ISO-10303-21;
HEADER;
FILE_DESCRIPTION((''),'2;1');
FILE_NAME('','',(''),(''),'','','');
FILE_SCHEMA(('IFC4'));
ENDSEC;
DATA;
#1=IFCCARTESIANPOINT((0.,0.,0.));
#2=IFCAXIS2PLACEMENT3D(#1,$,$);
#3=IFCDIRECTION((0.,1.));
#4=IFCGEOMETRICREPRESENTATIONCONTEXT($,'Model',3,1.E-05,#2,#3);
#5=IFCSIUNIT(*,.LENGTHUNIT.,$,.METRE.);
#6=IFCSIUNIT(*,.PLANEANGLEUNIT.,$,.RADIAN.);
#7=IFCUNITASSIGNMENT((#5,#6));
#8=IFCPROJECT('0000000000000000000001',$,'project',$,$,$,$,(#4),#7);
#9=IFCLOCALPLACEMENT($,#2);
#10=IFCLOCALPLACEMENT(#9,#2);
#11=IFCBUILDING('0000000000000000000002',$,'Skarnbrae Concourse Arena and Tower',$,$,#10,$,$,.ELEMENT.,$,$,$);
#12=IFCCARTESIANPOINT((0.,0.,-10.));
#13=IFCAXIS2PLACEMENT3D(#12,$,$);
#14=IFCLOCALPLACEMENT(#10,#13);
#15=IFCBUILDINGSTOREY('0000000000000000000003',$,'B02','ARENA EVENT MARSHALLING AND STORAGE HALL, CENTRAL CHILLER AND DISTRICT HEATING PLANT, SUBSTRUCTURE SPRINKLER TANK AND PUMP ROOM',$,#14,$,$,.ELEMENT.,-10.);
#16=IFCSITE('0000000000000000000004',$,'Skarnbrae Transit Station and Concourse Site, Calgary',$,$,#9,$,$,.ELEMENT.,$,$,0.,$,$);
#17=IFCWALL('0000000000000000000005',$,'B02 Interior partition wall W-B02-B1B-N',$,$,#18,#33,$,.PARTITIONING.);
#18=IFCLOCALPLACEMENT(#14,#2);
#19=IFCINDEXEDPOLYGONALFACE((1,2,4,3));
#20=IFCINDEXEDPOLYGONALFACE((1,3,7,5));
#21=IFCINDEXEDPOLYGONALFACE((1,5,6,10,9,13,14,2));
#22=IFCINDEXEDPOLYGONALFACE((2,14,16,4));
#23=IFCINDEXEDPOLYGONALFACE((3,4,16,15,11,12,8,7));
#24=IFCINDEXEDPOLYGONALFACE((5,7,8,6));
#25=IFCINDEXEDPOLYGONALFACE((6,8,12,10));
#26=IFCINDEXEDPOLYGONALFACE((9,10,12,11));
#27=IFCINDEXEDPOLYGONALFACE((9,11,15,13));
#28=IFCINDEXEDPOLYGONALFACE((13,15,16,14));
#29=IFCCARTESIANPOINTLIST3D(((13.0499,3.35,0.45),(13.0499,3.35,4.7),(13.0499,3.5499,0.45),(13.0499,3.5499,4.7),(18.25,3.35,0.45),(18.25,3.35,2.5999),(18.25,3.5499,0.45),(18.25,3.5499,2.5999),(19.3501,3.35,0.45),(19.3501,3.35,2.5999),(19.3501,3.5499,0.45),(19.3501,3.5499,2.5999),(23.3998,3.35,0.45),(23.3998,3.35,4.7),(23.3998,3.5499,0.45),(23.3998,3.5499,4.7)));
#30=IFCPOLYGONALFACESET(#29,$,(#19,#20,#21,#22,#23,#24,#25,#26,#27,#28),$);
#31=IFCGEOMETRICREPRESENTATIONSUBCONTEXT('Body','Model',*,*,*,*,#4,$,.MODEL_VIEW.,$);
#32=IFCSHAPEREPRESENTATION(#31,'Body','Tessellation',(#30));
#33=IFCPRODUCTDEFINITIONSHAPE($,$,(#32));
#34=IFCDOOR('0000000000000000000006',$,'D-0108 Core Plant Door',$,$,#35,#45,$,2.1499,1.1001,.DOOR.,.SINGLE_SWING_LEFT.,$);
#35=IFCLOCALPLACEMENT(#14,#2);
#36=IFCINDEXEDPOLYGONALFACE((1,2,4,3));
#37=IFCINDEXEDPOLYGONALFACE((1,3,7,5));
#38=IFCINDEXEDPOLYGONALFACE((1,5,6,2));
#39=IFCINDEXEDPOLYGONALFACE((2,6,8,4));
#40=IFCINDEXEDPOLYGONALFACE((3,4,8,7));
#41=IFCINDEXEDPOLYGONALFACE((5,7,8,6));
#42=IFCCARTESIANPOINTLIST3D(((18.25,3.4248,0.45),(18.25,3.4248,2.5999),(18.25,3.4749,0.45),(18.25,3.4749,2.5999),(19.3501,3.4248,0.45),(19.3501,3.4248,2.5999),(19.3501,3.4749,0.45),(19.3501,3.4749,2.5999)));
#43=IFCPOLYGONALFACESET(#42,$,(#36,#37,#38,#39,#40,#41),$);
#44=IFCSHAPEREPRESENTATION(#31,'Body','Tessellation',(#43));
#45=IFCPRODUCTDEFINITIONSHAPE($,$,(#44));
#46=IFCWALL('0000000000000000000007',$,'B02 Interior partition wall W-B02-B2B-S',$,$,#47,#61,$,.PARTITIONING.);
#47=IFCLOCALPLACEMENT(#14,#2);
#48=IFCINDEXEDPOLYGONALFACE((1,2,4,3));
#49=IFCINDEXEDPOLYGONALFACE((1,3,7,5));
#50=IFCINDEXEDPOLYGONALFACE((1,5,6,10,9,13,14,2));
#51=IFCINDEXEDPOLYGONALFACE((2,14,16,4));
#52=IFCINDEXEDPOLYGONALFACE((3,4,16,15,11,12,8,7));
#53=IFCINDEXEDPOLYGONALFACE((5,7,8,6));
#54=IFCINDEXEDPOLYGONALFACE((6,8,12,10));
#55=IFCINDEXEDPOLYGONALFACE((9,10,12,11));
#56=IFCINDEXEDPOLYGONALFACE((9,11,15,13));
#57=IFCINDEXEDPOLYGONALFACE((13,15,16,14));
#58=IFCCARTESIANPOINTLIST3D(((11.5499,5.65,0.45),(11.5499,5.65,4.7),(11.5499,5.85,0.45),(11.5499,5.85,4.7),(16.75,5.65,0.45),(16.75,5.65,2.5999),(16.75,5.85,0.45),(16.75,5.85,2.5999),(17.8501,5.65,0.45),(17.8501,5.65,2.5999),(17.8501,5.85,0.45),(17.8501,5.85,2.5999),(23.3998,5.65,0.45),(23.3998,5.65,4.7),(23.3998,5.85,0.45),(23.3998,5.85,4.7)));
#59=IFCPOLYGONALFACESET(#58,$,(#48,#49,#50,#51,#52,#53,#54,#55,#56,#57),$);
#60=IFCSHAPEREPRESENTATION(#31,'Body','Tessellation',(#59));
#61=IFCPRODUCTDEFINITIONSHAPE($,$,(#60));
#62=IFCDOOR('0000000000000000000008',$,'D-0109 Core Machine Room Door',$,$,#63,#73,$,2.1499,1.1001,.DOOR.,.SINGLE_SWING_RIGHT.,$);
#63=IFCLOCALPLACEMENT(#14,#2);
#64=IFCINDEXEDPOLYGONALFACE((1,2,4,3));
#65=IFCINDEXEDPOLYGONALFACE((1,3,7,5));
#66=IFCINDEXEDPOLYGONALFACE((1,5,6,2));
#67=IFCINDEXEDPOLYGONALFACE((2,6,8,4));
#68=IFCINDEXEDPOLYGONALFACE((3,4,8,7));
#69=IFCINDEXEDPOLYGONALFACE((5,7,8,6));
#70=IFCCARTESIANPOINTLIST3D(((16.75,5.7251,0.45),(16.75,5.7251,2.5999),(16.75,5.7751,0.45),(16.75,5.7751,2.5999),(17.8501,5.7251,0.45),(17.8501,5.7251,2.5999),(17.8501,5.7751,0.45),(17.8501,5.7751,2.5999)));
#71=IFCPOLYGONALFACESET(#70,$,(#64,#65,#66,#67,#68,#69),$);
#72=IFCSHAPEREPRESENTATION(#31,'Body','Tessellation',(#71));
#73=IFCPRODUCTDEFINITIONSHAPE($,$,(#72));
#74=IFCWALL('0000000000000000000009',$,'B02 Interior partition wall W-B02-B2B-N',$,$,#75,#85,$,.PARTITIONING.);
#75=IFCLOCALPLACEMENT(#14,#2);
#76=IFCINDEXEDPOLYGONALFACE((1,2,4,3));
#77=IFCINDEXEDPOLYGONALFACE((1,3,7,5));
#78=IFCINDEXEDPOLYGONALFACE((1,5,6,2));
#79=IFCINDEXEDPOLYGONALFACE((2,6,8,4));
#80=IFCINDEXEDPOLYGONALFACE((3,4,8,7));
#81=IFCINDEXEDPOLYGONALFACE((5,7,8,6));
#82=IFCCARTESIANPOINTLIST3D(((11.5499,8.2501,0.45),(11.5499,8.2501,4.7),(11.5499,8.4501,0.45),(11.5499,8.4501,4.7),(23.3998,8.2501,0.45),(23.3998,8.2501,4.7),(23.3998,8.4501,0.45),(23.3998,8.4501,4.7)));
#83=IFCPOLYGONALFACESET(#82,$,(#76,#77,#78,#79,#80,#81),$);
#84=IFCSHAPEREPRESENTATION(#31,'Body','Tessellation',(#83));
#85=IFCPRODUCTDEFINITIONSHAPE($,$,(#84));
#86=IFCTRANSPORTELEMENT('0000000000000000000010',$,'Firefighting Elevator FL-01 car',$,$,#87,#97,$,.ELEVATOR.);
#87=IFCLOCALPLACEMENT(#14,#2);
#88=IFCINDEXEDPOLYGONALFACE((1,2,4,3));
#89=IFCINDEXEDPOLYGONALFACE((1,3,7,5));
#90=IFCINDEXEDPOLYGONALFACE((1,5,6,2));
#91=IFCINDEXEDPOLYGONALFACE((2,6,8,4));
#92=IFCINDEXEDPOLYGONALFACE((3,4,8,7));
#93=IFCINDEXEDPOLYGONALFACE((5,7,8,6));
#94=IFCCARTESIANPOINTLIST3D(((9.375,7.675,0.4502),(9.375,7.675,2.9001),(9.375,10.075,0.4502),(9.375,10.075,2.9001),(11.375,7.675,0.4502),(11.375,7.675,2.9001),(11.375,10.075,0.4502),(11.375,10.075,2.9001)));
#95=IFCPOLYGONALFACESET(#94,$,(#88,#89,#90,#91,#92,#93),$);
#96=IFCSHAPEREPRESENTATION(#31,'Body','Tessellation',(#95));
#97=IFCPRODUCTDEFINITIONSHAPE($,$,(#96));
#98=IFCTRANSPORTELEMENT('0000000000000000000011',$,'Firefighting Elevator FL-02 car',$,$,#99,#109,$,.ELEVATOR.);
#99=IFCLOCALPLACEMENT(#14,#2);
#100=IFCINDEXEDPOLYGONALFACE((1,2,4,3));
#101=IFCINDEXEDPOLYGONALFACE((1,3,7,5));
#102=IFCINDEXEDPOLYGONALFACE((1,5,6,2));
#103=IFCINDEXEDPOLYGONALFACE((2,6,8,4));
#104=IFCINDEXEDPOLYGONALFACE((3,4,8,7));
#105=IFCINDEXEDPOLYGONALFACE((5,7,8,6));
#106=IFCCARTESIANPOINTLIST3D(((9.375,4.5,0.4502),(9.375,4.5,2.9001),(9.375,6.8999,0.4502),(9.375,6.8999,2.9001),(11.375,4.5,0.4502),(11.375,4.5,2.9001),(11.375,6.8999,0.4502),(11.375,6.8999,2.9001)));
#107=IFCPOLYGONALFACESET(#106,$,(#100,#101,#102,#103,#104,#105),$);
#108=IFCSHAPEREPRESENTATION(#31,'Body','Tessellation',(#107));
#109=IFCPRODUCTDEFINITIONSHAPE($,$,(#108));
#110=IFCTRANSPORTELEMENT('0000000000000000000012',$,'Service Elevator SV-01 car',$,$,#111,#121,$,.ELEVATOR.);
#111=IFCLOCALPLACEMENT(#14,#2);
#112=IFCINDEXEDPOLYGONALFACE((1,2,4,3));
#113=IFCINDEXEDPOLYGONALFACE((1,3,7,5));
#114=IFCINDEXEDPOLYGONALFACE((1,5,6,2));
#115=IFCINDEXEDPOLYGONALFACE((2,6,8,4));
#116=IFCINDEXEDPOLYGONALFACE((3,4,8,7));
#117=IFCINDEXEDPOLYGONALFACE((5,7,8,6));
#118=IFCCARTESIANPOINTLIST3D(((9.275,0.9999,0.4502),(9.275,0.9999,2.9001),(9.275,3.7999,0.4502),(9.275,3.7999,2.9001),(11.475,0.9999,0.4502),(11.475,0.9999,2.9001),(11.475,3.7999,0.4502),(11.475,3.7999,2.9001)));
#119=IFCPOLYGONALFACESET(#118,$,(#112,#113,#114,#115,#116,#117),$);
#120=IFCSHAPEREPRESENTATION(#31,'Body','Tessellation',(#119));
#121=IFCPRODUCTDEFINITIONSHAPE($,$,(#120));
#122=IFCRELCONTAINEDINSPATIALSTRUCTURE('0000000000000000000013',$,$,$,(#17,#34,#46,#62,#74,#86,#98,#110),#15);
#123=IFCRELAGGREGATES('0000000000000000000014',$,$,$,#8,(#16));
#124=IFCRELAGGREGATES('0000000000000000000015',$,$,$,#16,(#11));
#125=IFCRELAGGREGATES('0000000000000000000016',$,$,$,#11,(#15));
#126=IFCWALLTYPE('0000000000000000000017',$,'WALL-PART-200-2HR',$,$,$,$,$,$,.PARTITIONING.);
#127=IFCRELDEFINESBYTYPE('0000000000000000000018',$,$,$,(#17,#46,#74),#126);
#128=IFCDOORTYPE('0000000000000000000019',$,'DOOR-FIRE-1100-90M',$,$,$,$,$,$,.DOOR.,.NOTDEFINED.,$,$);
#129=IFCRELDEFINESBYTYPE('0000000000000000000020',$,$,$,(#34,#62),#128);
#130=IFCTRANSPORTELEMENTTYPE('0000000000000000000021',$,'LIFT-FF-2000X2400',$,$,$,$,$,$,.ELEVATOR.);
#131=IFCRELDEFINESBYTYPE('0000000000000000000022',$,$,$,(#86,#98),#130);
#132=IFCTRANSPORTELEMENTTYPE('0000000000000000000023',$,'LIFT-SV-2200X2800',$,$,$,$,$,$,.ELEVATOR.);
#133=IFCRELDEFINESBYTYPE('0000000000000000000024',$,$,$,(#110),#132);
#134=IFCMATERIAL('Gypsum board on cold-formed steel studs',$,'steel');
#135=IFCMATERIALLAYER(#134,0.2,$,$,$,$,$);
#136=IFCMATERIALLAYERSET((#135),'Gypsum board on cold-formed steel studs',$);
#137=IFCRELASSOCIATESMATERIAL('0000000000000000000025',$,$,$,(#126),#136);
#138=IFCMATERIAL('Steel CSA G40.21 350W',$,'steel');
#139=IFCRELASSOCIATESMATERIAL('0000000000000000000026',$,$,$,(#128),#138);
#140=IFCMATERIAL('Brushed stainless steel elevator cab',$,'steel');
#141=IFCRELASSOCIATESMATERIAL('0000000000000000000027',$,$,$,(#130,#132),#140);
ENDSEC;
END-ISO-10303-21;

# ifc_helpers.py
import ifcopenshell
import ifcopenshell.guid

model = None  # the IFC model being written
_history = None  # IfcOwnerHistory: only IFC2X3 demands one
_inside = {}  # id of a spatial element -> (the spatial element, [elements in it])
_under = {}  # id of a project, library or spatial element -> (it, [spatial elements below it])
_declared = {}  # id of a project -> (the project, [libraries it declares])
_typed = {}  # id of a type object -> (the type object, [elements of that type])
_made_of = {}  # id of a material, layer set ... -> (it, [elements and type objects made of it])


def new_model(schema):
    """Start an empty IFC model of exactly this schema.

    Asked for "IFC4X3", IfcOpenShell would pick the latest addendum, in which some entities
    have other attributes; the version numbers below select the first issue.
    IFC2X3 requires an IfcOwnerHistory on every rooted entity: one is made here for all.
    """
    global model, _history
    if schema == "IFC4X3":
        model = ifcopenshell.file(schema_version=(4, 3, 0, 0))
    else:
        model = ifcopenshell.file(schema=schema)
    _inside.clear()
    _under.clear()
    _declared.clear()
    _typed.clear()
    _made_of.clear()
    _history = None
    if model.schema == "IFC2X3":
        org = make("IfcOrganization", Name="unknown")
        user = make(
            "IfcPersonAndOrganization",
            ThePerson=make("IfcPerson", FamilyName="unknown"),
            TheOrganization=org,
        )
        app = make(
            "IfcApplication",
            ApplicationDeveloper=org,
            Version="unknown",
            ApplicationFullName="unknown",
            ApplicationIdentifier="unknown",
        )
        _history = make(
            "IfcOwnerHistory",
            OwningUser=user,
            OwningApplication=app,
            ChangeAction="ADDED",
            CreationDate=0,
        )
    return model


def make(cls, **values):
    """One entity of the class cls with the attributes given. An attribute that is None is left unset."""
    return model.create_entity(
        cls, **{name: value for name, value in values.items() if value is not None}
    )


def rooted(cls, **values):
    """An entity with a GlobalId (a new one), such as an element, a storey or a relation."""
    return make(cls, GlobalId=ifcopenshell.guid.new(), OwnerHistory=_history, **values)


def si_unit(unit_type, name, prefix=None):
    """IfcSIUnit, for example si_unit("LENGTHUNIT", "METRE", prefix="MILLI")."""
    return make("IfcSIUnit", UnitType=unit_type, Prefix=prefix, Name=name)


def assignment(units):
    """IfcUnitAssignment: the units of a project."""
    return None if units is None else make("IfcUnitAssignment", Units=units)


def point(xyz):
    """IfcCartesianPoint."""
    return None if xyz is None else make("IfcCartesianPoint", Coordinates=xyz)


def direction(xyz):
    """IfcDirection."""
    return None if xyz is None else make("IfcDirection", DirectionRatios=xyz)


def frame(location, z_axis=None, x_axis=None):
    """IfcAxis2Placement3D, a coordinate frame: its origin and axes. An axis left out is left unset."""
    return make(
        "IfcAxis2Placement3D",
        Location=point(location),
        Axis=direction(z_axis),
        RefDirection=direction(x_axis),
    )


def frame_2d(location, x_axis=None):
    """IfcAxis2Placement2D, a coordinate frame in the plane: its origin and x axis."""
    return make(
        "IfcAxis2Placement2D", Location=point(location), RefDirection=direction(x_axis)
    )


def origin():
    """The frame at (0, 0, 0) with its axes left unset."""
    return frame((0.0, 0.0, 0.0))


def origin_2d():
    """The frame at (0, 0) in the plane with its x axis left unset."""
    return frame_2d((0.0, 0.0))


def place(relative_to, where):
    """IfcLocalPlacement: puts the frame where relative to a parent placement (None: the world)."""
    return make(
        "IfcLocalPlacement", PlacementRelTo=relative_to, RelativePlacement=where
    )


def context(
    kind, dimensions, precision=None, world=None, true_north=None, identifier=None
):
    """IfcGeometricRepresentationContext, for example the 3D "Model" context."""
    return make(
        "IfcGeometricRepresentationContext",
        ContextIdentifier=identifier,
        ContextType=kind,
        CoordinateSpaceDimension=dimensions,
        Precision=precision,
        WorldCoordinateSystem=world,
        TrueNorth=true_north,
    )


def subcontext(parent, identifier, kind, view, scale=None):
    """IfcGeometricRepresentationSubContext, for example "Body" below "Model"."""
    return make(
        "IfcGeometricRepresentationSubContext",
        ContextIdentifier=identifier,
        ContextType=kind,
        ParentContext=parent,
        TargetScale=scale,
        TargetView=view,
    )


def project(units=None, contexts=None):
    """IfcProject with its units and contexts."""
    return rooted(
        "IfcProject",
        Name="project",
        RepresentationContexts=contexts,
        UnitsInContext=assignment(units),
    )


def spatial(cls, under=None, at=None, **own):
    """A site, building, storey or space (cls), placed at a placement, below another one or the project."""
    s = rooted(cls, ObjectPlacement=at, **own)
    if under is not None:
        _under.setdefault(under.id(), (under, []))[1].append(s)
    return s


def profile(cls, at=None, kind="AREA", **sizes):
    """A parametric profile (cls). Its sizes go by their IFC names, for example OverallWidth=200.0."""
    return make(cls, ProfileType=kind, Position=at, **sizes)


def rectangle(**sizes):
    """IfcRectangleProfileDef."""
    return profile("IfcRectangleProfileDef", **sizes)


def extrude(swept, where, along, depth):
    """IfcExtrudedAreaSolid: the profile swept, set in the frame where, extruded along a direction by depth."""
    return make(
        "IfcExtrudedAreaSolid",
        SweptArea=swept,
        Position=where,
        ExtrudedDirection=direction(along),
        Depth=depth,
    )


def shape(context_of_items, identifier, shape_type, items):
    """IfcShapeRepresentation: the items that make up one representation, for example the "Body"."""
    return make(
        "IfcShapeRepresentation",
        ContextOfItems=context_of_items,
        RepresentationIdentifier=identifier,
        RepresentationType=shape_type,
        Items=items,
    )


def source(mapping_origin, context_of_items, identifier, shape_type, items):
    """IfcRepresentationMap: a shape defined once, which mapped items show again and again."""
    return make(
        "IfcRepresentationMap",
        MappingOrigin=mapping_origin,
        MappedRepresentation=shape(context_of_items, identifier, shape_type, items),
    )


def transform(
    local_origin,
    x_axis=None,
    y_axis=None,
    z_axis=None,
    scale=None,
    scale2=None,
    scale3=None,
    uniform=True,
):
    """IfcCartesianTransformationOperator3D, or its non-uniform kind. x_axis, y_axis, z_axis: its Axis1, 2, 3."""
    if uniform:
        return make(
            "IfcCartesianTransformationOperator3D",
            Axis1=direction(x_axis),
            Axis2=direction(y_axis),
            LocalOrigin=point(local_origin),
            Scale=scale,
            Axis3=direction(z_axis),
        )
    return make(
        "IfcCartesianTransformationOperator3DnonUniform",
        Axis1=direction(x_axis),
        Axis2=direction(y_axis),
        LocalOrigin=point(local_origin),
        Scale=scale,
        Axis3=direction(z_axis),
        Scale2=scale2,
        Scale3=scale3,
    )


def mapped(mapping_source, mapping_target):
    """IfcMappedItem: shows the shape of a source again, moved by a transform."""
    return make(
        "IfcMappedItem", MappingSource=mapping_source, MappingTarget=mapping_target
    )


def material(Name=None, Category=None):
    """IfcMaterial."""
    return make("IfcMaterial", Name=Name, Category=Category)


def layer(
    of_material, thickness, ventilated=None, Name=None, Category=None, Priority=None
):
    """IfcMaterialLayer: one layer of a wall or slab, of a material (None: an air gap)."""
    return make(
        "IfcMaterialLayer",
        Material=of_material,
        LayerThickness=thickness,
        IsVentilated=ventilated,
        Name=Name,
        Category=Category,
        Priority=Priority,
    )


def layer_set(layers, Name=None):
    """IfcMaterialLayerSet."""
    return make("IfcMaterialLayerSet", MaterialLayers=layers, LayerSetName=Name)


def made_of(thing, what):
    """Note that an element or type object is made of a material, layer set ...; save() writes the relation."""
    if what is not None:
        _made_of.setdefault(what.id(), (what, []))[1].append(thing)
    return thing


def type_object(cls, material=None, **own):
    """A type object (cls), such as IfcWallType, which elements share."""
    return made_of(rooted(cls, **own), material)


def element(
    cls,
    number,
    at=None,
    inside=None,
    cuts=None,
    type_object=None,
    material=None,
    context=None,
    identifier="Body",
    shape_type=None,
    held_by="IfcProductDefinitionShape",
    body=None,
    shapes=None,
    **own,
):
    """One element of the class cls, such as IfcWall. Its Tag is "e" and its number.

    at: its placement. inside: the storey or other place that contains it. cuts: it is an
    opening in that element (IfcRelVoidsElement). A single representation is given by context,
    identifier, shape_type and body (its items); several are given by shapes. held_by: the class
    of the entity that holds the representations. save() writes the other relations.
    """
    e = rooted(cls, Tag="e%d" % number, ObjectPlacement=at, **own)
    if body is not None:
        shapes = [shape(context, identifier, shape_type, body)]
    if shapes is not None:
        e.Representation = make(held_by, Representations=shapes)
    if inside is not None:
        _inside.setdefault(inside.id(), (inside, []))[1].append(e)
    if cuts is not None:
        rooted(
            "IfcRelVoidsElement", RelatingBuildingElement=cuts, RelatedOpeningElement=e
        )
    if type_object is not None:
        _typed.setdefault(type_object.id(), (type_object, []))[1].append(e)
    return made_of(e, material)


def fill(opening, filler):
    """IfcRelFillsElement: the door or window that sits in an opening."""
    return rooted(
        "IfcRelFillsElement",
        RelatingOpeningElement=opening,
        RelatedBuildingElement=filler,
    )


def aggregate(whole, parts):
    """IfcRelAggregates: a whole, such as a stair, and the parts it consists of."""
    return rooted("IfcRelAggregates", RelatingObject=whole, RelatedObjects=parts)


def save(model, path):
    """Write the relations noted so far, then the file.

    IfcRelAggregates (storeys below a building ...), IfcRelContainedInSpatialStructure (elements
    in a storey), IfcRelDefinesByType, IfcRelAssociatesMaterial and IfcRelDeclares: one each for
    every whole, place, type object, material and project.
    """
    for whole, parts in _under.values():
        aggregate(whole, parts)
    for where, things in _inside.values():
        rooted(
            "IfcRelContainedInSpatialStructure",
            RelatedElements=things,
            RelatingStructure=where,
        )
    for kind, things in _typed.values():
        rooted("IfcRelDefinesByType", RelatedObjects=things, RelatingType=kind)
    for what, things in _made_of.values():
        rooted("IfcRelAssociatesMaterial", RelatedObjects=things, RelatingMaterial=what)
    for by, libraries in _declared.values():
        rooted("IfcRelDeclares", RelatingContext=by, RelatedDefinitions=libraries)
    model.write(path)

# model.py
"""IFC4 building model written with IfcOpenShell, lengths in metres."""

from ifc_helpers import new_model, si_unit, direction, frame, frame_2d, origin, origin_2d, place, context, subcontext, project, spatial, rectangle, extrude, source, transform, mapped, material, layer, layer_set, type_object, element, fill, save


model = new_model("IFC4")

# Units and contexts
model_context = context("Model", 3, precision=1e-05, world=origin(), true_north=direction((0.0, 1.0)))
body_context = subcontext(model_context, "Body", "Model", "MODEL_VIEW")
ifc_project = project(units=[si_unit("LENGTHUNIT", "METRE"), si_unit("PLANEANGLEUNIT", "RADIAN")], contexts=[model_context])

# Site, building, storey
site_placement = place(None, origin())
site = spatial("IfcSite", under=ifc_project, at=site_placement, Name="Skarnbrae Transit Station and Concourse Site, Calgary", CompositionType="ELEMENT", RefElevation=0.0)
building_placement = place(site_placement, origin())
building = spatial("IfcBuilding", under=site, at=building_placement, Name="Skarnbrae Concourse Arena and Tower", CompositionType="ELEMENT")
storey_placement = place(building_placement, frame((0.0, 0.0, -10.0)))
storey = spatial("IfcBuildingStorey", under=building, at=storey_placement, Name="B02", Description="ARENA EVENT MARSHALLING AND STORAGE HALL, CENTRAL CHILLER AND DISTRICT HEATING PLANT, SUBSTRUCTURE SPRINKLER TANK AND PUMP ROOM", CompositionType="ELEMENT", Elevation=-10.0)

# Shared definitions
ifc_material_1 = material(Name="Gypsum board on cold-formed steel studs", Category="steel")
ifc_layer = layer(ifc_material_1, 0.2)
ifc_layer_set = layer_set([ifc_layer], Name="Gypsum board on cold-formed steel studs")
wall_type = type_object("IfcWallType", Name="WALL-PART-200-2HR", PredefinedType="PARTITIONING", material=ifc_layer_set)
ifc_material_2 = material(Name="Steel CSA G40.21 350W", Category="steel")
shared_shape_1 = source(origin(), body_context, "Body", "SweptSolid", [
    extrude(rectangle(XDim=1.1001, YDim=2.1499, at=frame_2d((0.55, 1.075))), frame((0.0, 0.0249, 0.0), z_axis=(0.0, -1.0, 0.0), x_axis=(1.0, 0.0, 0.0)), (0.0, 0.0, 1.0), 0.05),
])

# Walls, openings, doors
shared_shape_2 = source(origin(), body_context, "Body", "SweptSolid", [
    extrude(rectangle(XDim=10.3499, YDim=0.2, at=frame_2d((5.1748, 0.0))), origin(), (0.0, 0.0, 1.0), 4.25),
])
wall_1_placement = place(storey_placement, frame((13.05, 3.45, 0.45), z_axis=(0.0, 0.0, 1.0), x_axis=(1.0, 0.0, 0.0)))
wall_1 = element("IfcWall", 1, at=wall_1_placement, inside=storey, type_object=wall_type, Name="B02 Interior partition wall W-B02-B1B-N", PredefinedType="PARTITIONING", context=body_context, shape_type="MappedRepresentation", body=[
    mapped(shared_shape_2, transform((0.0, 0.0, 0.0))),
])
opening_1_placement = place(wall_1_placement, frame((5.2, 0.0, 0.0)))
opening_1 = element("IfcOpeningElement", 2, at=opening_1_placement, cuts=wall_1, PredefinedType="OPENING", context=body_context, shape_type="SweptSolid", body=[
    extrude(rectangle(XDim=1.1001, YDim=2.1499, at=frame_2d((0.55, 1.075))), frame((0.0, 0.1099, 0.0), z_axis=(0.0, -1.0, 0.0), x_axis=(1.0, 0.0, 0.0)), (0.0, 0.0, 1.0), 0.22),
])
door_type_1 = type_object("IfcDoorType", Name="DOOR-FIRE-1100-90M", OperationType="NOTDEFINED", PredefinedType="DOOR", material=ifc_material_2)
door_1_placement = place(opening_1_placement, origin())
door_1 = element("IfcDoor", 3, at=door_1_placement, inside=storey, type_object=door_type_1, Name="D-0108 Core Plant Door", OperationType="SINGLE_SWING_LEFT", OverallHeight=2.1499, OverallWidth=1.1001, PredefinedType="DOOR", context=body_context, shape_type="MappedRepresentation", body=[
    mapped(shared_shape_1, transform((0.0, 0.0, 0.0))),
])
fill(opening_1, door_1)
shared_shape_3 = source(origin(), body_context, "Body", "SweptSolid", [
    extrude(rectangle(XDim=11.8499, YDim=0.2, at=frame_2d((5.9248, 0.0))), origin(), (0.0, 0.0, 1.0), 4.25),
])
wall_2_placement = place(storey_placement, frame((11.55, 5.75, 0.45), z_axis=(0.0, 0.0, 1.0), x_axis=(1.0, 0.0, 0.0)))
wall_2 = element("IfcWall", 4, at=wall_2_placement, inside=storey, type_object=wall_type, Name="B02 Interior partition wall W-B02-B2B-S", PredefinedType="PARTITIONING", context=body_context, shape_type="MappedRepresentation", body=[
    mapped(shared_shape_3, transform((0.0, 0.0, 0.0))),
])
opening_2_placement = place(wall_2_placement, frame((5.2, 0.0, 0.0)))
opening_2 = element("IfcOpeningElement", 5, at=opening_2_placement, cuts=wall_2, PredefinedType="OPENING", context=body_context, shape_type="SweptSolid", body=[
    extrude(rectangle(XDim=1.1001, YDim=2.1499, at=frame_2d((0.55, 1.075))), frame((0.0, 0.1099, 0.0), z_axis=(0.0, -1.0, 0.0), x_axis=(1.0, 0.0, 0.0)), (0.0, 0.0, 1.0), 0.22),
])
door_2_placement = place(opening_2_placement, frame((1.1001, 0.0, 0.0), z_axis=(0.0, 0.0, 1.0), x_axis=(-1.0, 0.0, 0.0)))
door_2 = element("IfcDoor", 6, at=door_2_placement, inside=storey, type_object=door_type_1, Name="D-0109 Core Machine Room Door", OperationType="SINGLE_SWING_RIGHT", OverallHeight=2.1499, OverallWidth=1.1001, PredefinedType="DOOR", context=body_context, shape_type="MappedRepresentation", body=[
    mapped(shared_shape_1, transform((0.0, 0.0, 0.0))),
])
fill(opening_2, door_2)

# Wall
wall_3_placement = place(storey_placement, frame((11.55, 8.3501, 0.45), z_axis=(0.0, 0.0, 1.0), x_axis=(1.0, 0.0, 0.0)))
element("IfcWall", 7, at=wall_3_placement, inside=storey, type_object=wall_type, Name="B02 Interior partition wall W-B02-B2B-N", PredefinedType="PARTITIONING", context=body_context, shape_type="MappedRepresentation", body=[
    mapped(shared_shape_3, transform((0.0, 0.0, 0.0))),
])

# Transport elements
ifc_material_3 = material(Name="Brushed stainless steel elevator cab", Category="steel")
transport_element_type_1 = type_object("IfcTransportElementType", Name="LIFT-FF-2000X2400", PredefinedType="ELEVATOR", material=ifc_material_3)
shared_shape_4 = source(origin(), body_context, "Body", "SweptSolid", [
    extrude(rectangle(XDim=2.0, YDim=2.3999, at=origin_2d()), origin(), (0.0, 0.0, 1.0), 2.45),
])
for number, where, z_axis, x_axis, name in (
    (8, (10.375, 8.875, 0.4502), (0.0, 0.0, 1.0), (1.0, 0.0, 0.0), "Firefighting Elevator FL-01 car"),
    (9, (10.375, 5.7, 0.4502), (0.0, 0.0, 1.0), (1.0, 0.0, 0.0), "Firefighting Elevator FL-02 car"),
):
    element("IfcTransportElement", number, at=place(storey_placement, frame(where, z_axis=z_axis, x_axis=x_axis)), inside=storey, type_object=transport_element_type_1, Name=name, PredefinedType="ELEVATOR", context=body_context, shape_type="MappedRepresentation", body=[
        mapped(shared_shape_4, transform((0.0, 0.0, 0.0))),
    ])
transport_element_type_2 = type_object("IfcTransportElementType", Name="LIFT-SV-2200X2800", PredefinedType="ELEVATOR", material=ifc_material_3)
shared_shape_5 = source(origin(), body_context, "Body", "SweptSolid", [
    extrude(rectangle(XDim=2.2, YDim=2.8, at=origin_2d()), origin(), (0.0, 0.0, 1.0), 2.45),
])
transport_element_placement = place(storey_placement, frame((10.375, 2.3999, 0.4502), z_axis=(0.0, 0.0, 1.0), x_axis=(1.0, 0.0, 0.0)))
element("IfcTransportElement", 10, at=transport_element_placement, inside=storey, type_object=transport_element_type_2, Name="Service Elevator SV-01 car", PredefinedType="ELEVATOR", context=body_context, shape_type="MappedRepresentation", body=[
    mapped(shared_shape_5, transform((0.0, 0.0, 0.0))),
])

save(model, "model.ifc")
